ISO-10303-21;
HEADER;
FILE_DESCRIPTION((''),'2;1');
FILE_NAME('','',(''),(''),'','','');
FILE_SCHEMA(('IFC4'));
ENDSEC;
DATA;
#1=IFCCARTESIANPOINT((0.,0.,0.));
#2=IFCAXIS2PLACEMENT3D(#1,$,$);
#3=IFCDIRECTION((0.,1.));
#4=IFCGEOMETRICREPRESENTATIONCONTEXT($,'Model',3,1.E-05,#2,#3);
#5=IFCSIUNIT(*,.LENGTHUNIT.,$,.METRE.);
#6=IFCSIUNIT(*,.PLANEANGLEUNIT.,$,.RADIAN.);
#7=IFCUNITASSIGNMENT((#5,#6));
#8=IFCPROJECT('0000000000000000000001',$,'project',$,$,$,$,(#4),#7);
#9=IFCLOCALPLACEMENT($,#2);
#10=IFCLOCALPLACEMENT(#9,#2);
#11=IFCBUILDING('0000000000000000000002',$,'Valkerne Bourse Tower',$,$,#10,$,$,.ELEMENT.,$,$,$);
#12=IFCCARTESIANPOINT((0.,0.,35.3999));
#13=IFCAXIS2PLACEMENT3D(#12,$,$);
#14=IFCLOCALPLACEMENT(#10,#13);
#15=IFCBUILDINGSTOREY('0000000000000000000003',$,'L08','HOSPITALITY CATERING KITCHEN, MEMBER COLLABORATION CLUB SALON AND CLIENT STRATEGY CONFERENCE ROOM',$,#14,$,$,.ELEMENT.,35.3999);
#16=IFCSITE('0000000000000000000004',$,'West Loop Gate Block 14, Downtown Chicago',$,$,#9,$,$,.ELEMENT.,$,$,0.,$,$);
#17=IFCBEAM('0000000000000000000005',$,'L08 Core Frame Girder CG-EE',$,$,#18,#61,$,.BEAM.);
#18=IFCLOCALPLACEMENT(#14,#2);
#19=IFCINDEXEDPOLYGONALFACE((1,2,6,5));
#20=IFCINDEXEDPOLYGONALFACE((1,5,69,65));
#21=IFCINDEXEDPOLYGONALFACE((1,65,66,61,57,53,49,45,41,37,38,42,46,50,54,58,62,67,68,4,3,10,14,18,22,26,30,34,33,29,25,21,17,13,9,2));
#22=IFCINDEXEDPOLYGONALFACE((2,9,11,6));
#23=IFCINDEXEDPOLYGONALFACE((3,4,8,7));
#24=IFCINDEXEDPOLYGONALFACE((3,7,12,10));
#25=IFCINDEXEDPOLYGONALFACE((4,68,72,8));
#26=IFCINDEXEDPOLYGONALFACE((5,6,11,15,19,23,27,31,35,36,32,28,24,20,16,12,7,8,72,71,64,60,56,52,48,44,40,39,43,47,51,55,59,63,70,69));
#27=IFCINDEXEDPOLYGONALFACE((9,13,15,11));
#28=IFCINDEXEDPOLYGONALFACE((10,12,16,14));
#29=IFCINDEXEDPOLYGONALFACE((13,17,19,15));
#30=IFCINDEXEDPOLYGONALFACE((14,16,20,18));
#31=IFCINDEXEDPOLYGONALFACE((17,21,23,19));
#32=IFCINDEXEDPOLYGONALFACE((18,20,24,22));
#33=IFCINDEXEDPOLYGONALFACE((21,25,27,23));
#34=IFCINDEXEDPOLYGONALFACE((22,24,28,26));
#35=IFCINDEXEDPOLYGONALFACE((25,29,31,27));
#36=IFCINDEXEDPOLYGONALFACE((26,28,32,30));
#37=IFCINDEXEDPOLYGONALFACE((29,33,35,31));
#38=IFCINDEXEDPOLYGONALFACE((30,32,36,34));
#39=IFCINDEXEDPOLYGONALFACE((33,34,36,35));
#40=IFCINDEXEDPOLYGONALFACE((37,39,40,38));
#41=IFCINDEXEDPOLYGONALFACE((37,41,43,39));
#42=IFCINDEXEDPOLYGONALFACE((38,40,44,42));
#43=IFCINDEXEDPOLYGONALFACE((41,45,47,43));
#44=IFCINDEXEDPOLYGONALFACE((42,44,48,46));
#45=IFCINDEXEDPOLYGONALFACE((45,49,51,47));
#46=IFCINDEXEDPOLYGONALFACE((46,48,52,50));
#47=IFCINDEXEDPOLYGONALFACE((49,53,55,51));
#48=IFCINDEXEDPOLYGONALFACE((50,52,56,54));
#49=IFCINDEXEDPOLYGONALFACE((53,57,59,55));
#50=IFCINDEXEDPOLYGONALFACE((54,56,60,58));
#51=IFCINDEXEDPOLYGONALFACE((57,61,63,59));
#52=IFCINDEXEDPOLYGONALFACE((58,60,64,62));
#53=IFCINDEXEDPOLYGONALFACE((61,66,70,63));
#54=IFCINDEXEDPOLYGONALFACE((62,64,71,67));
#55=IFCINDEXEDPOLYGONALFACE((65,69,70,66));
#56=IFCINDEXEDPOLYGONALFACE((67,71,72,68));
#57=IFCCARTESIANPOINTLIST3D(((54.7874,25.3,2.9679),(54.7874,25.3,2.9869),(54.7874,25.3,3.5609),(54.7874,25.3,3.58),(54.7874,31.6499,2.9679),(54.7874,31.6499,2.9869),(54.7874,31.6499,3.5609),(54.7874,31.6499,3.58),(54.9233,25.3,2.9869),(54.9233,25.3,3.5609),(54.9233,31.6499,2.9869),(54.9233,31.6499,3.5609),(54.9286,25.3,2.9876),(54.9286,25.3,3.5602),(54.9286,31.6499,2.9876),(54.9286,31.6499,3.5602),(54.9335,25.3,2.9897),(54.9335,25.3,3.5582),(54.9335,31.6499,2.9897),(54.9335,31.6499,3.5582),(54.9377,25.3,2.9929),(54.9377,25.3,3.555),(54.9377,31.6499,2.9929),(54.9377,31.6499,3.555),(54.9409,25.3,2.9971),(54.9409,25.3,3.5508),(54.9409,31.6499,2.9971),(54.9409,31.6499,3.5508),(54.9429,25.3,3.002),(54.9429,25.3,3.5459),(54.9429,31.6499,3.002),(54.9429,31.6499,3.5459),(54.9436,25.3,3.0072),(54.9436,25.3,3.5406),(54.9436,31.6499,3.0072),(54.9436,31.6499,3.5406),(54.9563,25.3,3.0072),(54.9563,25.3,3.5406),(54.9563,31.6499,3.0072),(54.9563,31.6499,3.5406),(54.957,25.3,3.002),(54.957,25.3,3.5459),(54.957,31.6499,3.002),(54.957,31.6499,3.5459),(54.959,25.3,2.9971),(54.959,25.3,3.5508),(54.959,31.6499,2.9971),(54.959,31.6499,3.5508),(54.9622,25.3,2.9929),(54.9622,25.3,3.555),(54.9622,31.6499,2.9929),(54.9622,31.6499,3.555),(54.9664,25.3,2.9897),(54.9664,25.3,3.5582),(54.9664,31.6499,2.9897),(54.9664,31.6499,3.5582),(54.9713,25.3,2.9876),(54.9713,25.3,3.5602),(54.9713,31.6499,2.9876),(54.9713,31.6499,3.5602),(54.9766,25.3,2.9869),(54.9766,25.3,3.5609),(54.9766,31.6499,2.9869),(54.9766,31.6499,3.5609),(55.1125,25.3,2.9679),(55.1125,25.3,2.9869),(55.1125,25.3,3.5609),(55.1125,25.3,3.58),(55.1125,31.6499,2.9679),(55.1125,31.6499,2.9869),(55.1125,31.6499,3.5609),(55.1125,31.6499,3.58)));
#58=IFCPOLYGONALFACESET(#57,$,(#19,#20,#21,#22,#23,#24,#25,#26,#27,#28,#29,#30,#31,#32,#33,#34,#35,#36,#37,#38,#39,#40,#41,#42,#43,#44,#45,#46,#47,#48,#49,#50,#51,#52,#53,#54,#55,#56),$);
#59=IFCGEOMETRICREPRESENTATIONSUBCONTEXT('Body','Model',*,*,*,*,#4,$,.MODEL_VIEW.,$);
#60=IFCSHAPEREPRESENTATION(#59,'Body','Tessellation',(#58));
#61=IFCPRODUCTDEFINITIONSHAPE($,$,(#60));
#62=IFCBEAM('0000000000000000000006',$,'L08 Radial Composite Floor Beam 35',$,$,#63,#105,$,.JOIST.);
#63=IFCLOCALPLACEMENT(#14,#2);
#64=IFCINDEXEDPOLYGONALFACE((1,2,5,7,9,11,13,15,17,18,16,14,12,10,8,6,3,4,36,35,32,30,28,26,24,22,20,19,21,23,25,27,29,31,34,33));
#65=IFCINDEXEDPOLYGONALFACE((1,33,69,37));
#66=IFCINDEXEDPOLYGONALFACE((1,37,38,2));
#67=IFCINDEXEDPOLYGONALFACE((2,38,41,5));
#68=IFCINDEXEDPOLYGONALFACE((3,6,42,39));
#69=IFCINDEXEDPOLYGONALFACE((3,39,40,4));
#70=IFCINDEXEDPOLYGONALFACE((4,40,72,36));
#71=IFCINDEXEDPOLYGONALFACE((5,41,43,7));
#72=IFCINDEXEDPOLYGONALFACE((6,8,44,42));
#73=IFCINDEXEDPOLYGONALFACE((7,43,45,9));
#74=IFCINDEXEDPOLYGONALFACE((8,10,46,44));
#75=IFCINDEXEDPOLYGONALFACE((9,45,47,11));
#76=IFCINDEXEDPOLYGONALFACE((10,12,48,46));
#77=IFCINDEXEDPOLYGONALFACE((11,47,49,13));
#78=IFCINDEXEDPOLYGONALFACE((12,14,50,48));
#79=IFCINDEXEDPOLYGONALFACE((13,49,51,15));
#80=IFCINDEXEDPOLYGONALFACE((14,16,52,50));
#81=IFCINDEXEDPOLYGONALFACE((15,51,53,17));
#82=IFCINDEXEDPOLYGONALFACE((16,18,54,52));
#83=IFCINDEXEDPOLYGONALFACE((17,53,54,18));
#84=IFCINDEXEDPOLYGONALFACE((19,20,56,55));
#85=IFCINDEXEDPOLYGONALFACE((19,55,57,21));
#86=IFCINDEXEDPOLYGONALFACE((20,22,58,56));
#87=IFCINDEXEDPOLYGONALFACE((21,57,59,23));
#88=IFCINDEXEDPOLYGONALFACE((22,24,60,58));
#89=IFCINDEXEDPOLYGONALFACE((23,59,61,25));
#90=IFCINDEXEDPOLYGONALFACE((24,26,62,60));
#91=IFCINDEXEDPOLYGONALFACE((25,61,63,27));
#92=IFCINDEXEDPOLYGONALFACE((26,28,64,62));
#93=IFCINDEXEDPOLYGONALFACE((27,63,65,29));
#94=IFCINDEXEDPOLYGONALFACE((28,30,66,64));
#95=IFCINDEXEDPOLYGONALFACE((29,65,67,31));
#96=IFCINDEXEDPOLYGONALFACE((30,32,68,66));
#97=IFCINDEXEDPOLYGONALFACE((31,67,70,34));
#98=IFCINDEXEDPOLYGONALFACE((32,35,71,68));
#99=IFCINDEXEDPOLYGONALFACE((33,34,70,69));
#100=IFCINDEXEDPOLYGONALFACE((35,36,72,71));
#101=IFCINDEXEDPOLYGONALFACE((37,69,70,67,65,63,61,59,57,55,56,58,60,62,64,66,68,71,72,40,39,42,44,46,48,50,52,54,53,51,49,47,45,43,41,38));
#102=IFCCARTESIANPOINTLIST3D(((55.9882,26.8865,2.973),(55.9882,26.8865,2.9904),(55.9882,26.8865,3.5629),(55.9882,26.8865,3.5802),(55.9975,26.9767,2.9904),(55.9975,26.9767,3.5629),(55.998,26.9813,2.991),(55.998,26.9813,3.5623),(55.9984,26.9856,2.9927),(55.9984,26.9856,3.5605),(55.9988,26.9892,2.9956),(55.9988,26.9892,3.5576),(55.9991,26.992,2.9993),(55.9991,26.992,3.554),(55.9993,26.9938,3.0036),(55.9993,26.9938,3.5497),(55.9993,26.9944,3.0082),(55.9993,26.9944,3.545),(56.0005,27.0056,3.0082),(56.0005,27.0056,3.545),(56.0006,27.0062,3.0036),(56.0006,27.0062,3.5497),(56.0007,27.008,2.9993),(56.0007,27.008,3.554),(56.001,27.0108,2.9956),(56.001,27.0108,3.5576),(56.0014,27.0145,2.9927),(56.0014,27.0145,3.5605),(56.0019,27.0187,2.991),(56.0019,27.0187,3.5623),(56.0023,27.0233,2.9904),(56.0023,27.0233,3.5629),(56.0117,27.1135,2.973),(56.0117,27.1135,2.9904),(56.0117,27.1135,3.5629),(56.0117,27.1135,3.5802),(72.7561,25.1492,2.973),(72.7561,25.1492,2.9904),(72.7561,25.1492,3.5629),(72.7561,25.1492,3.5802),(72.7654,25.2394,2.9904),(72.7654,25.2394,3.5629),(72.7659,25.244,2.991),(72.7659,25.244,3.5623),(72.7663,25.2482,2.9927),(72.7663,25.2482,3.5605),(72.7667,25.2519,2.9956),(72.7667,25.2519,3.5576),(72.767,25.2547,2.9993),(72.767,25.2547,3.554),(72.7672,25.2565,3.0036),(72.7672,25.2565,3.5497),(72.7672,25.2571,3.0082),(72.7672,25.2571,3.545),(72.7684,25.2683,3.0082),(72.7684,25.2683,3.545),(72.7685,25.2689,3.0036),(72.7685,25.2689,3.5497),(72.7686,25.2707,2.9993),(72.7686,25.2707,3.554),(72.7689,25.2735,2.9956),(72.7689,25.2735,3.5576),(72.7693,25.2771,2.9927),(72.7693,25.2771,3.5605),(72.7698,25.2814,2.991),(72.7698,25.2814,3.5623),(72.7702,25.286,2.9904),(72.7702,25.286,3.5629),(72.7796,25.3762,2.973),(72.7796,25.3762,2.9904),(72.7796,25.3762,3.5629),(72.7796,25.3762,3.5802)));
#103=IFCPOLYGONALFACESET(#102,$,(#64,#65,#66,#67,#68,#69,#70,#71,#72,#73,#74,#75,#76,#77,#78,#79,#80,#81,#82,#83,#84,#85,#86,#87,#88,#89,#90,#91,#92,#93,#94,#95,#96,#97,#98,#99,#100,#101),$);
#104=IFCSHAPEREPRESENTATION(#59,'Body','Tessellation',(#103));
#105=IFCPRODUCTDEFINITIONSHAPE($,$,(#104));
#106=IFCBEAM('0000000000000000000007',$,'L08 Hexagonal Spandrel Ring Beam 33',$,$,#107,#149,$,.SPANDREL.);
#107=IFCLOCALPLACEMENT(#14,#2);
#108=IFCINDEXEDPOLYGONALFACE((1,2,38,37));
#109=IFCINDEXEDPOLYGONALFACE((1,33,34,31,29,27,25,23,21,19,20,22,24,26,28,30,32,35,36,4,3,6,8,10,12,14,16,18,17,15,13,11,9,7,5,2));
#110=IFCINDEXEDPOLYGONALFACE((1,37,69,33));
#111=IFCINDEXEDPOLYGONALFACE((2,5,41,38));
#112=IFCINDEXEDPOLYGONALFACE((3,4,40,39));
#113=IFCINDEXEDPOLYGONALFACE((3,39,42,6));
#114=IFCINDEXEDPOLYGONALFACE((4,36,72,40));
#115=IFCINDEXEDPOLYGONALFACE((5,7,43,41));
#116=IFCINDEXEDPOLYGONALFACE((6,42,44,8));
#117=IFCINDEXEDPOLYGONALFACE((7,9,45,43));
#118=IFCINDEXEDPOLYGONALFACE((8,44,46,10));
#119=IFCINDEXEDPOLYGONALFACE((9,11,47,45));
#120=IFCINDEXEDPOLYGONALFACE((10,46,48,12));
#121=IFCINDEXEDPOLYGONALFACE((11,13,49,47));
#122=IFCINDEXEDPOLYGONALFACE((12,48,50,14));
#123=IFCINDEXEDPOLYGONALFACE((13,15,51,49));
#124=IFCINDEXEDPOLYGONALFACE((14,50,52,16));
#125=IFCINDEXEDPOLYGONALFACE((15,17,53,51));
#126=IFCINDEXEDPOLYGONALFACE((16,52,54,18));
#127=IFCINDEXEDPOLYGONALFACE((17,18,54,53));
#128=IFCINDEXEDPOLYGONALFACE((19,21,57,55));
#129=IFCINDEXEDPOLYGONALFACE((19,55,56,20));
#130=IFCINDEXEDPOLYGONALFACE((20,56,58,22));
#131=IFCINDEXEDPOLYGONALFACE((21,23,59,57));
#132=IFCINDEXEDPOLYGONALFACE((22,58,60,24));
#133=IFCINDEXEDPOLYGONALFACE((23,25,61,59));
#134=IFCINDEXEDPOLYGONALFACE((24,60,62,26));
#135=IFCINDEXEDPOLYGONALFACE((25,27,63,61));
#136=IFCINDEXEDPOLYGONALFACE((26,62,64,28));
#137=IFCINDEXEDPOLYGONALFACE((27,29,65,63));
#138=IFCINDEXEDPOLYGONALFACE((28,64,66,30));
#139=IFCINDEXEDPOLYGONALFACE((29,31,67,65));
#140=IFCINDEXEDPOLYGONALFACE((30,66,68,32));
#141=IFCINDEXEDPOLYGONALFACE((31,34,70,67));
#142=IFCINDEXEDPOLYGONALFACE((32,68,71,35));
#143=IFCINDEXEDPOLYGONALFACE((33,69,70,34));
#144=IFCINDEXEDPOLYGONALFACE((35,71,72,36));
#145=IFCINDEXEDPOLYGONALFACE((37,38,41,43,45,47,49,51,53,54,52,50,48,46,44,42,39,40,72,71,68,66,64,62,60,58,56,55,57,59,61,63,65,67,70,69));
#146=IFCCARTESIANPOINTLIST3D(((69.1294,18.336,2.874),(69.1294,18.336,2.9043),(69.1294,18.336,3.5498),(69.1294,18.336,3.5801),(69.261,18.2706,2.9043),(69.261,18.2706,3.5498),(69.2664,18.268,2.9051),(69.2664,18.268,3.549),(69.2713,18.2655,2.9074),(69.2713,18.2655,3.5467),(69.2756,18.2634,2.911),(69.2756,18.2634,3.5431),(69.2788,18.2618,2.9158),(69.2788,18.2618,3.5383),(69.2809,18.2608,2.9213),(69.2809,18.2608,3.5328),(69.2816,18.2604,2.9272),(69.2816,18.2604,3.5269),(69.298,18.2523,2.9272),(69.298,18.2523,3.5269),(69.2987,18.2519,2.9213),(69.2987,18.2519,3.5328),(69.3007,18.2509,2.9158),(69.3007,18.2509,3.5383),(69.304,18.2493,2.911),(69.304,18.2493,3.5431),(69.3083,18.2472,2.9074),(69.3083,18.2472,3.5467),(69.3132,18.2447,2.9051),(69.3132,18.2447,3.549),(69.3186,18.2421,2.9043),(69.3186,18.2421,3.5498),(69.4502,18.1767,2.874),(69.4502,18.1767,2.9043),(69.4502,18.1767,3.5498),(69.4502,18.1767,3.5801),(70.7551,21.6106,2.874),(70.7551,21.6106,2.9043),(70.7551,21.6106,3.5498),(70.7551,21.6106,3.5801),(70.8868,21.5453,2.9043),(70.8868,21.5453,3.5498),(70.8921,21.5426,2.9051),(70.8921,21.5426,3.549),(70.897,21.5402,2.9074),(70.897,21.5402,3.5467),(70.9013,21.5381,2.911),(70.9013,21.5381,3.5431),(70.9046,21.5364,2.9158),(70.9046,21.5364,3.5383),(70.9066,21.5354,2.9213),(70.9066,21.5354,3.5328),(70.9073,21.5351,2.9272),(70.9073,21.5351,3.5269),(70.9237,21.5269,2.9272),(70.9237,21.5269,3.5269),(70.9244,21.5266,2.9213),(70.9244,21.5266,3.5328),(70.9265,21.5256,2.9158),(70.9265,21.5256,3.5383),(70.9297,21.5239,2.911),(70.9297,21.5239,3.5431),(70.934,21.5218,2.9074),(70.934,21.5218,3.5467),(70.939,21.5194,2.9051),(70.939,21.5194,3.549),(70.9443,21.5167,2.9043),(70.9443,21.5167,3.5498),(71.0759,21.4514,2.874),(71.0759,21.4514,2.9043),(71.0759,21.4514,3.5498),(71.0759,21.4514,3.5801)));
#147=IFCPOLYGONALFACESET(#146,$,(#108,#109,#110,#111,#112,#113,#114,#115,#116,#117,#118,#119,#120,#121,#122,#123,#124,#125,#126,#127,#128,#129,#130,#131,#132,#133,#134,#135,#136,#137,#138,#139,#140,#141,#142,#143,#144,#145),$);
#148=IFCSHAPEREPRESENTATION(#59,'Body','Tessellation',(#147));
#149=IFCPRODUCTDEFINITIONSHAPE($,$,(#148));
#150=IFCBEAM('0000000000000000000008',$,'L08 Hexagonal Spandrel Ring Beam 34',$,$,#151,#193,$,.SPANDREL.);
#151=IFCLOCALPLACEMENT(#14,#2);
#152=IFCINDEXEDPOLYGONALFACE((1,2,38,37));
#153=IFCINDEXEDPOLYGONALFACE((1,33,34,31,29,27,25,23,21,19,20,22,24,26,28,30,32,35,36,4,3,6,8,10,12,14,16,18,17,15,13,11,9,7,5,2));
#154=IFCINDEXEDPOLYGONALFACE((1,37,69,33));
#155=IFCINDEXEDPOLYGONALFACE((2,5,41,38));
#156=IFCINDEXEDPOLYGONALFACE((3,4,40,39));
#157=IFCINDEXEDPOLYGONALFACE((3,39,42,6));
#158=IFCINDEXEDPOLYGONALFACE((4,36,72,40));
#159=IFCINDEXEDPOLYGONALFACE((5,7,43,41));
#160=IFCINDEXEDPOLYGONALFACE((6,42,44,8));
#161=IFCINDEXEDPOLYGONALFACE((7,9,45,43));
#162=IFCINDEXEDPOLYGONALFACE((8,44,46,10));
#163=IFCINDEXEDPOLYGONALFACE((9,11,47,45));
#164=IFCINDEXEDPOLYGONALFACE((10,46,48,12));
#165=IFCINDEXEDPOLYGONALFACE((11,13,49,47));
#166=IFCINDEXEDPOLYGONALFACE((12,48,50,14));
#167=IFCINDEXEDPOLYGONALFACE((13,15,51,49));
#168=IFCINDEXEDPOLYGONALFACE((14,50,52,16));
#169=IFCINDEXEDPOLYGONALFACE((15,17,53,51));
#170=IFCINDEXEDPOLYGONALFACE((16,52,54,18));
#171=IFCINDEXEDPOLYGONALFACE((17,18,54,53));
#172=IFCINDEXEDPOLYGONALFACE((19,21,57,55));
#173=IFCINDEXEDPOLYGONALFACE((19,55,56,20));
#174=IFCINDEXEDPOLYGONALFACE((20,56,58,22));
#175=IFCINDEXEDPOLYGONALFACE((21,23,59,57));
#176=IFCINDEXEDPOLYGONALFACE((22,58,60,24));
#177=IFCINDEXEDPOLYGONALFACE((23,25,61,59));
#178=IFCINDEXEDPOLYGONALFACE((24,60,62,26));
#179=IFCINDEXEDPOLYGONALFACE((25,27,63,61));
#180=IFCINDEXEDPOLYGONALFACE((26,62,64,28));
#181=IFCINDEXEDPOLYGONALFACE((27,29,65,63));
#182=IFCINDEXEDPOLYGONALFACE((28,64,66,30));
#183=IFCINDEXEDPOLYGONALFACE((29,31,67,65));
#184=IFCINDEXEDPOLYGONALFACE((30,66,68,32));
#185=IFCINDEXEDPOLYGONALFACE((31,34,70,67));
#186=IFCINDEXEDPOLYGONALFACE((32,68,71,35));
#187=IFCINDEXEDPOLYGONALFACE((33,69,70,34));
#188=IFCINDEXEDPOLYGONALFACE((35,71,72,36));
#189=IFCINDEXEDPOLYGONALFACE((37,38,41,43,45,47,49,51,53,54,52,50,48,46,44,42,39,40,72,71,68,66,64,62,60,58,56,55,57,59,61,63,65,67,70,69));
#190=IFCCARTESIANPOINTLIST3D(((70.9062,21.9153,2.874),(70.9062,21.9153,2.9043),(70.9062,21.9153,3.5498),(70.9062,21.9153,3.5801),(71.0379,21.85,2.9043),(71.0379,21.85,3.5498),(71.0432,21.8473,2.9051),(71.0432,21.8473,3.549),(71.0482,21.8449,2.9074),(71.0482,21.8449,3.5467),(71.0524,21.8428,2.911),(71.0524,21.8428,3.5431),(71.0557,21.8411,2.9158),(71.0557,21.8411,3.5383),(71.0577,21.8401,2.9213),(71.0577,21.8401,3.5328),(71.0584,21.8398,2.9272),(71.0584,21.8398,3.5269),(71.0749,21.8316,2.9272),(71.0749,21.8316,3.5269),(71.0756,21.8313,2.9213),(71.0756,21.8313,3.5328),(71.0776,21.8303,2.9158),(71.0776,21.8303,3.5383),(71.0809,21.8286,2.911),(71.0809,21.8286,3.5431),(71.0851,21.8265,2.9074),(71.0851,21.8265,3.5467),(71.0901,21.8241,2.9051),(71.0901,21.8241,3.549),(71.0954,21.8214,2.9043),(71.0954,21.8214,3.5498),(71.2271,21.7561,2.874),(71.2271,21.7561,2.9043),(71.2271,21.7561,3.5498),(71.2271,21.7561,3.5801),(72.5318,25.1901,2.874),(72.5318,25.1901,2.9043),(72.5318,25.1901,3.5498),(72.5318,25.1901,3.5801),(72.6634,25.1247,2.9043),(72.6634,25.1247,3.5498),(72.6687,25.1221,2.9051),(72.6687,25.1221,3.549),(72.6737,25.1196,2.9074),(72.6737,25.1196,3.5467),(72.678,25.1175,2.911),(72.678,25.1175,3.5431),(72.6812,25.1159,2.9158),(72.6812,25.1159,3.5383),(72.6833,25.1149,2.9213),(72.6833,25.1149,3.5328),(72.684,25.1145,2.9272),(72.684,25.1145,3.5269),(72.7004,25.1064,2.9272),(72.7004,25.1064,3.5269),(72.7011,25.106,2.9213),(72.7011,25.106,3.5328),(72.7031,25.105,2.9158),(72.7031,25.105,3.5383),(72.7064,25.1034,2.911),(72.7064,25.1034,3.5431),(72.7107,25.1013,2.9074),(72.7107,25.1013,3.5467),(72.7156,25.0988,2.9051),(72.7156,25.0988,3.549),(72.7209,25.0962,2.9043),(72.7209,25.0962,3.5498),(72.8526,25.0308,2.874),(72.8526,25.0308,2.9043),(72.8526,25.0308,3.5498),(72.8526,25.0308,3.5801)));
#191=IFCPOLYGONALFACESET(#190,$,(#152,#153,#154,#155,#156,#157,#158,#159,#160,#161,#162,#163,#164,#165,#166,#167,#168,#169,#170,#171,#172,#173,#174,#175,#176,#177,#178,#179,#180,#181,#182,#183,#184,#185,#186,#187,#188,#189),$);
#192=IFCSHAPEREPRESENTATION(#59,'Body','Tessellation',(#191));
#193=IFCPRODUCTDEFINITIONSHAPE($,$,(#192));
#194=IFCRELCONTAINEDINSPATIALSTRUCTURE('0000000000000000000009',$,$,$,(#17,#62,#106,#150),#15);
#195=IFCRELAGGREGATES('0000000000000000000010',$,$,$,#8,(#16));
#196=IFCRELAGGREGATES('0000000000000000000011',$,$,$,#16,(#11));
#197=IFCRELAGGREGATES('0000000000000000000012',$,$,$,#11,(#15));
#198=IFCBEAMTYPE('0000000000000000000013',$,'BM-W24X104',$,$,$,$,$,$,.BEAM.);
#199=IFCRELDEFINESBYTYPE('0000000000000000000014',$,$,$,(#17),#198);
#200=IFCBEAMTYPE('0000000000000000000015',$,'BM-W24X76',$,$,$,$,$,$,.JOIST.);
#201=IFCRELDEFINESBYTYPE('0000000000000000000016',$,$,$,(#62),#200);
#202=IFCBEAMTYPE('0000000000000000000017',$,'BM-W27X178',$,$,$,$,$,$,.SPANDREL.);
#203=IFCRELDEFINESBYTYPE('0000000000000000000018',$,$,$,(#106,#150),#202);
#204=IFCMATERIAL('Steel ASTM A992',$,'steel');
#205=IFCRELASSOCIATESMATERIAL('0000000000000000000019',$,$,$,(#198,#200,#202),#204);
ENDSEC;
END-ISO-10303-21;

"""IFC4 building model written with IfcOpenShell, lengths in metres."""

from ifc_helpers import new_model, si_unit, direction, frame, origin, origin_2d, place, context, subcontext, project, spatial, i_section, extrude, material, material_profile, profile_set, type_object, element, save


model = new_model("IFC4")

# Units and contexts
model_context = context("Model", 3, precision=1e-05, world=origin(), true_north=direction((0.0, 1.0)))
body_context = subcontext(model_context, "Body", "Model", "MODEL_VIEW")
ifc_project = project(units=[si_unit("LENGTHUNIT", "METRE"), si_unit("PLANEANGLEUNIT", "RADIAN")], contexts=[model_context])

# Site, building, storey
site_placement = place(None, origin())
site = spatial("IfcSite", under=ifc_project, at=site_placement, Name="West Loop Gate Block 14, Downtown Chicago", CompositionType="ELEMENT", RefElevation=0.0)
building_placement = place(site_placement, origin())
building = spatial("IfcBuilding", under=site, at=building_placement, Name="Valkerne Bourse Tower", CompositionType="ELEMENT")
storey_placement = place(building_placement, frame((0.0, 0.0, 35.3999)))
storey = spatial("IfcBuildingStorey", under=building, at=storey_placement, Name="L08", Description="HOSPITALITY CATERING KITCHEN, MEMBER COLLABORATION CLUB SALON AND CLIENT STRATEGY CONFERENCE ROOM", CompositionType="ELEMENT", Elevation=35.3999)

# Beams
ifc_material_1 = material(Name="Steel ASTM A992", Category="steel")
ifc_material_profile_1 = material_profile(ifc_material_1, i_section(OverallWidth=0.3252, OverallDepth=0.6121, WebThickness=0.0127, FlangeThickness=0.019, FilletRadius=0.0203, at=origin_2d()), Name="W24X104")
ifc_profile_set_1 = profile_set([ifc_material_profile_1], Name="Steel ASTM A992")
beam_type_1 = type_object("IfcBeamType", Name="BM-W24X104", PredefinedType="BEAM", material=ifc_profile_set_1)
beam_1_placement = place(storey_placement, frame((54.95, 25.3, 3.2739), z_axis=(0.0, 1.0, 0.0), x_axis=(-1.0, 0.0, 0.0)))
element("IfcBeam", 1, at=beam_1_placement, inside=storey, type_object=beam_type_1, Name="L08 Core Frame Girder CG-EE", PredefinedType="BEAM", context=body_context, shape_type="SweptSolid", body=[
    extrude(i_section(OverallWidth=0.3252, OverallDepth=0.6121, WebThickness=0.0127, FlangeThickness=0.019, FilletRadius=0.0203, at=origin_2d()), origin(), (0.0, 0.0, 1.0), 6.3499),
])
ifc_material_profile_2 = material_profile(ifc_material_1, i_section(OverallWidth=0.2283, OverallDepth=0.6072, WebThickness=0.0112, FlangeThickness=0.0173, FilletRadius=0.0178, at=origin_2d()), Name="W24X76")
ifc_profile_set_2 = profile_set([ifc_material_profile_2], Name="Steel ASTM A992")
beam_type_2 = type_object("IfcBeamType", Name="BM-W24X76", PredefinedType="JOIST", material=ifc_profile_set_2)
beam_2_placement = place(storey_placement, frame((72.7678, 25.2627, 3.2766), z_axis=(-0.994675, 0.103058, 0.0), x_axis=(-0.103058, -0.994675, 0.0)))
element("IfcBeam", 2, at=beam_2_placement, inside=storey, type_object=beam_type_2, Name="L08 Radial Composite Floor Beam 35", PredefinedType="JOIST", context=body_context, shape_type="SweptSolid", body=[
    extrude(i_section(OverallWidth=0.2283, OverallDepth=0.6072, WebThickness=0.0112, FlangeThickness=0.0173, FilletRadius=0.0178, at=origin_2d()), origin(), (0.0, 0.0, 1.0), 16.8577),
])
ifc_material_profile_3 = material_profile(ifc_material_1, i_section(OverallWidth=0.3582, OverallDepth=0.7061, WebThickness=0.0183, FlangeThickness=0.0303, FilletRadius=0.0229, at=origin_2d()), Name="W27X178")
ifc_profile_set_3 = profile_set([ifc_material_profile_3], Name="Steel ASTM A992")
beam_type_3 = type_object("IfcBeamType", Name="BM-W27X178", PredefinedType="SPANDREL", material=ifc_profile_set_3)
for number, where, z_axis, x_axis, name in (
    (3, (69.2898, 18.2563, 3.2271), (0.444674, 0.895692, 0.0), (-0.895692, 0.444674, 0.0), "L08 Hexagonal Spandrel Ring Beam 33"),
    (4, (71.0667, 21.8357, 3.2271), (0.444621, 0.895719, 0.0), (-0.895719, 0.444621, 0.0), "L08 Hexagonal Spandrel Ring Beam 34"),
):
    element("IfcBeam", number, at=place(storey_placement, frame(where, z_axis=z_axis, x_axis=x_axis)), inside=storey, type_object=beam_type_3, Name=name, PredefinedType="SPANDREL", context=body_context, shape_type="SweptSolid", body=[
        extrude(i_section(OverallWidth=0.3582, OverallDepth=0.7061, WebThickness=0.0183, FlangeThickness=0.0303, FilletRadius=0.0229, at=origin_2d()), origin(), (0.0, 0.0, 1.0), 3.656),
    ])

save(model, "model.ifc")
